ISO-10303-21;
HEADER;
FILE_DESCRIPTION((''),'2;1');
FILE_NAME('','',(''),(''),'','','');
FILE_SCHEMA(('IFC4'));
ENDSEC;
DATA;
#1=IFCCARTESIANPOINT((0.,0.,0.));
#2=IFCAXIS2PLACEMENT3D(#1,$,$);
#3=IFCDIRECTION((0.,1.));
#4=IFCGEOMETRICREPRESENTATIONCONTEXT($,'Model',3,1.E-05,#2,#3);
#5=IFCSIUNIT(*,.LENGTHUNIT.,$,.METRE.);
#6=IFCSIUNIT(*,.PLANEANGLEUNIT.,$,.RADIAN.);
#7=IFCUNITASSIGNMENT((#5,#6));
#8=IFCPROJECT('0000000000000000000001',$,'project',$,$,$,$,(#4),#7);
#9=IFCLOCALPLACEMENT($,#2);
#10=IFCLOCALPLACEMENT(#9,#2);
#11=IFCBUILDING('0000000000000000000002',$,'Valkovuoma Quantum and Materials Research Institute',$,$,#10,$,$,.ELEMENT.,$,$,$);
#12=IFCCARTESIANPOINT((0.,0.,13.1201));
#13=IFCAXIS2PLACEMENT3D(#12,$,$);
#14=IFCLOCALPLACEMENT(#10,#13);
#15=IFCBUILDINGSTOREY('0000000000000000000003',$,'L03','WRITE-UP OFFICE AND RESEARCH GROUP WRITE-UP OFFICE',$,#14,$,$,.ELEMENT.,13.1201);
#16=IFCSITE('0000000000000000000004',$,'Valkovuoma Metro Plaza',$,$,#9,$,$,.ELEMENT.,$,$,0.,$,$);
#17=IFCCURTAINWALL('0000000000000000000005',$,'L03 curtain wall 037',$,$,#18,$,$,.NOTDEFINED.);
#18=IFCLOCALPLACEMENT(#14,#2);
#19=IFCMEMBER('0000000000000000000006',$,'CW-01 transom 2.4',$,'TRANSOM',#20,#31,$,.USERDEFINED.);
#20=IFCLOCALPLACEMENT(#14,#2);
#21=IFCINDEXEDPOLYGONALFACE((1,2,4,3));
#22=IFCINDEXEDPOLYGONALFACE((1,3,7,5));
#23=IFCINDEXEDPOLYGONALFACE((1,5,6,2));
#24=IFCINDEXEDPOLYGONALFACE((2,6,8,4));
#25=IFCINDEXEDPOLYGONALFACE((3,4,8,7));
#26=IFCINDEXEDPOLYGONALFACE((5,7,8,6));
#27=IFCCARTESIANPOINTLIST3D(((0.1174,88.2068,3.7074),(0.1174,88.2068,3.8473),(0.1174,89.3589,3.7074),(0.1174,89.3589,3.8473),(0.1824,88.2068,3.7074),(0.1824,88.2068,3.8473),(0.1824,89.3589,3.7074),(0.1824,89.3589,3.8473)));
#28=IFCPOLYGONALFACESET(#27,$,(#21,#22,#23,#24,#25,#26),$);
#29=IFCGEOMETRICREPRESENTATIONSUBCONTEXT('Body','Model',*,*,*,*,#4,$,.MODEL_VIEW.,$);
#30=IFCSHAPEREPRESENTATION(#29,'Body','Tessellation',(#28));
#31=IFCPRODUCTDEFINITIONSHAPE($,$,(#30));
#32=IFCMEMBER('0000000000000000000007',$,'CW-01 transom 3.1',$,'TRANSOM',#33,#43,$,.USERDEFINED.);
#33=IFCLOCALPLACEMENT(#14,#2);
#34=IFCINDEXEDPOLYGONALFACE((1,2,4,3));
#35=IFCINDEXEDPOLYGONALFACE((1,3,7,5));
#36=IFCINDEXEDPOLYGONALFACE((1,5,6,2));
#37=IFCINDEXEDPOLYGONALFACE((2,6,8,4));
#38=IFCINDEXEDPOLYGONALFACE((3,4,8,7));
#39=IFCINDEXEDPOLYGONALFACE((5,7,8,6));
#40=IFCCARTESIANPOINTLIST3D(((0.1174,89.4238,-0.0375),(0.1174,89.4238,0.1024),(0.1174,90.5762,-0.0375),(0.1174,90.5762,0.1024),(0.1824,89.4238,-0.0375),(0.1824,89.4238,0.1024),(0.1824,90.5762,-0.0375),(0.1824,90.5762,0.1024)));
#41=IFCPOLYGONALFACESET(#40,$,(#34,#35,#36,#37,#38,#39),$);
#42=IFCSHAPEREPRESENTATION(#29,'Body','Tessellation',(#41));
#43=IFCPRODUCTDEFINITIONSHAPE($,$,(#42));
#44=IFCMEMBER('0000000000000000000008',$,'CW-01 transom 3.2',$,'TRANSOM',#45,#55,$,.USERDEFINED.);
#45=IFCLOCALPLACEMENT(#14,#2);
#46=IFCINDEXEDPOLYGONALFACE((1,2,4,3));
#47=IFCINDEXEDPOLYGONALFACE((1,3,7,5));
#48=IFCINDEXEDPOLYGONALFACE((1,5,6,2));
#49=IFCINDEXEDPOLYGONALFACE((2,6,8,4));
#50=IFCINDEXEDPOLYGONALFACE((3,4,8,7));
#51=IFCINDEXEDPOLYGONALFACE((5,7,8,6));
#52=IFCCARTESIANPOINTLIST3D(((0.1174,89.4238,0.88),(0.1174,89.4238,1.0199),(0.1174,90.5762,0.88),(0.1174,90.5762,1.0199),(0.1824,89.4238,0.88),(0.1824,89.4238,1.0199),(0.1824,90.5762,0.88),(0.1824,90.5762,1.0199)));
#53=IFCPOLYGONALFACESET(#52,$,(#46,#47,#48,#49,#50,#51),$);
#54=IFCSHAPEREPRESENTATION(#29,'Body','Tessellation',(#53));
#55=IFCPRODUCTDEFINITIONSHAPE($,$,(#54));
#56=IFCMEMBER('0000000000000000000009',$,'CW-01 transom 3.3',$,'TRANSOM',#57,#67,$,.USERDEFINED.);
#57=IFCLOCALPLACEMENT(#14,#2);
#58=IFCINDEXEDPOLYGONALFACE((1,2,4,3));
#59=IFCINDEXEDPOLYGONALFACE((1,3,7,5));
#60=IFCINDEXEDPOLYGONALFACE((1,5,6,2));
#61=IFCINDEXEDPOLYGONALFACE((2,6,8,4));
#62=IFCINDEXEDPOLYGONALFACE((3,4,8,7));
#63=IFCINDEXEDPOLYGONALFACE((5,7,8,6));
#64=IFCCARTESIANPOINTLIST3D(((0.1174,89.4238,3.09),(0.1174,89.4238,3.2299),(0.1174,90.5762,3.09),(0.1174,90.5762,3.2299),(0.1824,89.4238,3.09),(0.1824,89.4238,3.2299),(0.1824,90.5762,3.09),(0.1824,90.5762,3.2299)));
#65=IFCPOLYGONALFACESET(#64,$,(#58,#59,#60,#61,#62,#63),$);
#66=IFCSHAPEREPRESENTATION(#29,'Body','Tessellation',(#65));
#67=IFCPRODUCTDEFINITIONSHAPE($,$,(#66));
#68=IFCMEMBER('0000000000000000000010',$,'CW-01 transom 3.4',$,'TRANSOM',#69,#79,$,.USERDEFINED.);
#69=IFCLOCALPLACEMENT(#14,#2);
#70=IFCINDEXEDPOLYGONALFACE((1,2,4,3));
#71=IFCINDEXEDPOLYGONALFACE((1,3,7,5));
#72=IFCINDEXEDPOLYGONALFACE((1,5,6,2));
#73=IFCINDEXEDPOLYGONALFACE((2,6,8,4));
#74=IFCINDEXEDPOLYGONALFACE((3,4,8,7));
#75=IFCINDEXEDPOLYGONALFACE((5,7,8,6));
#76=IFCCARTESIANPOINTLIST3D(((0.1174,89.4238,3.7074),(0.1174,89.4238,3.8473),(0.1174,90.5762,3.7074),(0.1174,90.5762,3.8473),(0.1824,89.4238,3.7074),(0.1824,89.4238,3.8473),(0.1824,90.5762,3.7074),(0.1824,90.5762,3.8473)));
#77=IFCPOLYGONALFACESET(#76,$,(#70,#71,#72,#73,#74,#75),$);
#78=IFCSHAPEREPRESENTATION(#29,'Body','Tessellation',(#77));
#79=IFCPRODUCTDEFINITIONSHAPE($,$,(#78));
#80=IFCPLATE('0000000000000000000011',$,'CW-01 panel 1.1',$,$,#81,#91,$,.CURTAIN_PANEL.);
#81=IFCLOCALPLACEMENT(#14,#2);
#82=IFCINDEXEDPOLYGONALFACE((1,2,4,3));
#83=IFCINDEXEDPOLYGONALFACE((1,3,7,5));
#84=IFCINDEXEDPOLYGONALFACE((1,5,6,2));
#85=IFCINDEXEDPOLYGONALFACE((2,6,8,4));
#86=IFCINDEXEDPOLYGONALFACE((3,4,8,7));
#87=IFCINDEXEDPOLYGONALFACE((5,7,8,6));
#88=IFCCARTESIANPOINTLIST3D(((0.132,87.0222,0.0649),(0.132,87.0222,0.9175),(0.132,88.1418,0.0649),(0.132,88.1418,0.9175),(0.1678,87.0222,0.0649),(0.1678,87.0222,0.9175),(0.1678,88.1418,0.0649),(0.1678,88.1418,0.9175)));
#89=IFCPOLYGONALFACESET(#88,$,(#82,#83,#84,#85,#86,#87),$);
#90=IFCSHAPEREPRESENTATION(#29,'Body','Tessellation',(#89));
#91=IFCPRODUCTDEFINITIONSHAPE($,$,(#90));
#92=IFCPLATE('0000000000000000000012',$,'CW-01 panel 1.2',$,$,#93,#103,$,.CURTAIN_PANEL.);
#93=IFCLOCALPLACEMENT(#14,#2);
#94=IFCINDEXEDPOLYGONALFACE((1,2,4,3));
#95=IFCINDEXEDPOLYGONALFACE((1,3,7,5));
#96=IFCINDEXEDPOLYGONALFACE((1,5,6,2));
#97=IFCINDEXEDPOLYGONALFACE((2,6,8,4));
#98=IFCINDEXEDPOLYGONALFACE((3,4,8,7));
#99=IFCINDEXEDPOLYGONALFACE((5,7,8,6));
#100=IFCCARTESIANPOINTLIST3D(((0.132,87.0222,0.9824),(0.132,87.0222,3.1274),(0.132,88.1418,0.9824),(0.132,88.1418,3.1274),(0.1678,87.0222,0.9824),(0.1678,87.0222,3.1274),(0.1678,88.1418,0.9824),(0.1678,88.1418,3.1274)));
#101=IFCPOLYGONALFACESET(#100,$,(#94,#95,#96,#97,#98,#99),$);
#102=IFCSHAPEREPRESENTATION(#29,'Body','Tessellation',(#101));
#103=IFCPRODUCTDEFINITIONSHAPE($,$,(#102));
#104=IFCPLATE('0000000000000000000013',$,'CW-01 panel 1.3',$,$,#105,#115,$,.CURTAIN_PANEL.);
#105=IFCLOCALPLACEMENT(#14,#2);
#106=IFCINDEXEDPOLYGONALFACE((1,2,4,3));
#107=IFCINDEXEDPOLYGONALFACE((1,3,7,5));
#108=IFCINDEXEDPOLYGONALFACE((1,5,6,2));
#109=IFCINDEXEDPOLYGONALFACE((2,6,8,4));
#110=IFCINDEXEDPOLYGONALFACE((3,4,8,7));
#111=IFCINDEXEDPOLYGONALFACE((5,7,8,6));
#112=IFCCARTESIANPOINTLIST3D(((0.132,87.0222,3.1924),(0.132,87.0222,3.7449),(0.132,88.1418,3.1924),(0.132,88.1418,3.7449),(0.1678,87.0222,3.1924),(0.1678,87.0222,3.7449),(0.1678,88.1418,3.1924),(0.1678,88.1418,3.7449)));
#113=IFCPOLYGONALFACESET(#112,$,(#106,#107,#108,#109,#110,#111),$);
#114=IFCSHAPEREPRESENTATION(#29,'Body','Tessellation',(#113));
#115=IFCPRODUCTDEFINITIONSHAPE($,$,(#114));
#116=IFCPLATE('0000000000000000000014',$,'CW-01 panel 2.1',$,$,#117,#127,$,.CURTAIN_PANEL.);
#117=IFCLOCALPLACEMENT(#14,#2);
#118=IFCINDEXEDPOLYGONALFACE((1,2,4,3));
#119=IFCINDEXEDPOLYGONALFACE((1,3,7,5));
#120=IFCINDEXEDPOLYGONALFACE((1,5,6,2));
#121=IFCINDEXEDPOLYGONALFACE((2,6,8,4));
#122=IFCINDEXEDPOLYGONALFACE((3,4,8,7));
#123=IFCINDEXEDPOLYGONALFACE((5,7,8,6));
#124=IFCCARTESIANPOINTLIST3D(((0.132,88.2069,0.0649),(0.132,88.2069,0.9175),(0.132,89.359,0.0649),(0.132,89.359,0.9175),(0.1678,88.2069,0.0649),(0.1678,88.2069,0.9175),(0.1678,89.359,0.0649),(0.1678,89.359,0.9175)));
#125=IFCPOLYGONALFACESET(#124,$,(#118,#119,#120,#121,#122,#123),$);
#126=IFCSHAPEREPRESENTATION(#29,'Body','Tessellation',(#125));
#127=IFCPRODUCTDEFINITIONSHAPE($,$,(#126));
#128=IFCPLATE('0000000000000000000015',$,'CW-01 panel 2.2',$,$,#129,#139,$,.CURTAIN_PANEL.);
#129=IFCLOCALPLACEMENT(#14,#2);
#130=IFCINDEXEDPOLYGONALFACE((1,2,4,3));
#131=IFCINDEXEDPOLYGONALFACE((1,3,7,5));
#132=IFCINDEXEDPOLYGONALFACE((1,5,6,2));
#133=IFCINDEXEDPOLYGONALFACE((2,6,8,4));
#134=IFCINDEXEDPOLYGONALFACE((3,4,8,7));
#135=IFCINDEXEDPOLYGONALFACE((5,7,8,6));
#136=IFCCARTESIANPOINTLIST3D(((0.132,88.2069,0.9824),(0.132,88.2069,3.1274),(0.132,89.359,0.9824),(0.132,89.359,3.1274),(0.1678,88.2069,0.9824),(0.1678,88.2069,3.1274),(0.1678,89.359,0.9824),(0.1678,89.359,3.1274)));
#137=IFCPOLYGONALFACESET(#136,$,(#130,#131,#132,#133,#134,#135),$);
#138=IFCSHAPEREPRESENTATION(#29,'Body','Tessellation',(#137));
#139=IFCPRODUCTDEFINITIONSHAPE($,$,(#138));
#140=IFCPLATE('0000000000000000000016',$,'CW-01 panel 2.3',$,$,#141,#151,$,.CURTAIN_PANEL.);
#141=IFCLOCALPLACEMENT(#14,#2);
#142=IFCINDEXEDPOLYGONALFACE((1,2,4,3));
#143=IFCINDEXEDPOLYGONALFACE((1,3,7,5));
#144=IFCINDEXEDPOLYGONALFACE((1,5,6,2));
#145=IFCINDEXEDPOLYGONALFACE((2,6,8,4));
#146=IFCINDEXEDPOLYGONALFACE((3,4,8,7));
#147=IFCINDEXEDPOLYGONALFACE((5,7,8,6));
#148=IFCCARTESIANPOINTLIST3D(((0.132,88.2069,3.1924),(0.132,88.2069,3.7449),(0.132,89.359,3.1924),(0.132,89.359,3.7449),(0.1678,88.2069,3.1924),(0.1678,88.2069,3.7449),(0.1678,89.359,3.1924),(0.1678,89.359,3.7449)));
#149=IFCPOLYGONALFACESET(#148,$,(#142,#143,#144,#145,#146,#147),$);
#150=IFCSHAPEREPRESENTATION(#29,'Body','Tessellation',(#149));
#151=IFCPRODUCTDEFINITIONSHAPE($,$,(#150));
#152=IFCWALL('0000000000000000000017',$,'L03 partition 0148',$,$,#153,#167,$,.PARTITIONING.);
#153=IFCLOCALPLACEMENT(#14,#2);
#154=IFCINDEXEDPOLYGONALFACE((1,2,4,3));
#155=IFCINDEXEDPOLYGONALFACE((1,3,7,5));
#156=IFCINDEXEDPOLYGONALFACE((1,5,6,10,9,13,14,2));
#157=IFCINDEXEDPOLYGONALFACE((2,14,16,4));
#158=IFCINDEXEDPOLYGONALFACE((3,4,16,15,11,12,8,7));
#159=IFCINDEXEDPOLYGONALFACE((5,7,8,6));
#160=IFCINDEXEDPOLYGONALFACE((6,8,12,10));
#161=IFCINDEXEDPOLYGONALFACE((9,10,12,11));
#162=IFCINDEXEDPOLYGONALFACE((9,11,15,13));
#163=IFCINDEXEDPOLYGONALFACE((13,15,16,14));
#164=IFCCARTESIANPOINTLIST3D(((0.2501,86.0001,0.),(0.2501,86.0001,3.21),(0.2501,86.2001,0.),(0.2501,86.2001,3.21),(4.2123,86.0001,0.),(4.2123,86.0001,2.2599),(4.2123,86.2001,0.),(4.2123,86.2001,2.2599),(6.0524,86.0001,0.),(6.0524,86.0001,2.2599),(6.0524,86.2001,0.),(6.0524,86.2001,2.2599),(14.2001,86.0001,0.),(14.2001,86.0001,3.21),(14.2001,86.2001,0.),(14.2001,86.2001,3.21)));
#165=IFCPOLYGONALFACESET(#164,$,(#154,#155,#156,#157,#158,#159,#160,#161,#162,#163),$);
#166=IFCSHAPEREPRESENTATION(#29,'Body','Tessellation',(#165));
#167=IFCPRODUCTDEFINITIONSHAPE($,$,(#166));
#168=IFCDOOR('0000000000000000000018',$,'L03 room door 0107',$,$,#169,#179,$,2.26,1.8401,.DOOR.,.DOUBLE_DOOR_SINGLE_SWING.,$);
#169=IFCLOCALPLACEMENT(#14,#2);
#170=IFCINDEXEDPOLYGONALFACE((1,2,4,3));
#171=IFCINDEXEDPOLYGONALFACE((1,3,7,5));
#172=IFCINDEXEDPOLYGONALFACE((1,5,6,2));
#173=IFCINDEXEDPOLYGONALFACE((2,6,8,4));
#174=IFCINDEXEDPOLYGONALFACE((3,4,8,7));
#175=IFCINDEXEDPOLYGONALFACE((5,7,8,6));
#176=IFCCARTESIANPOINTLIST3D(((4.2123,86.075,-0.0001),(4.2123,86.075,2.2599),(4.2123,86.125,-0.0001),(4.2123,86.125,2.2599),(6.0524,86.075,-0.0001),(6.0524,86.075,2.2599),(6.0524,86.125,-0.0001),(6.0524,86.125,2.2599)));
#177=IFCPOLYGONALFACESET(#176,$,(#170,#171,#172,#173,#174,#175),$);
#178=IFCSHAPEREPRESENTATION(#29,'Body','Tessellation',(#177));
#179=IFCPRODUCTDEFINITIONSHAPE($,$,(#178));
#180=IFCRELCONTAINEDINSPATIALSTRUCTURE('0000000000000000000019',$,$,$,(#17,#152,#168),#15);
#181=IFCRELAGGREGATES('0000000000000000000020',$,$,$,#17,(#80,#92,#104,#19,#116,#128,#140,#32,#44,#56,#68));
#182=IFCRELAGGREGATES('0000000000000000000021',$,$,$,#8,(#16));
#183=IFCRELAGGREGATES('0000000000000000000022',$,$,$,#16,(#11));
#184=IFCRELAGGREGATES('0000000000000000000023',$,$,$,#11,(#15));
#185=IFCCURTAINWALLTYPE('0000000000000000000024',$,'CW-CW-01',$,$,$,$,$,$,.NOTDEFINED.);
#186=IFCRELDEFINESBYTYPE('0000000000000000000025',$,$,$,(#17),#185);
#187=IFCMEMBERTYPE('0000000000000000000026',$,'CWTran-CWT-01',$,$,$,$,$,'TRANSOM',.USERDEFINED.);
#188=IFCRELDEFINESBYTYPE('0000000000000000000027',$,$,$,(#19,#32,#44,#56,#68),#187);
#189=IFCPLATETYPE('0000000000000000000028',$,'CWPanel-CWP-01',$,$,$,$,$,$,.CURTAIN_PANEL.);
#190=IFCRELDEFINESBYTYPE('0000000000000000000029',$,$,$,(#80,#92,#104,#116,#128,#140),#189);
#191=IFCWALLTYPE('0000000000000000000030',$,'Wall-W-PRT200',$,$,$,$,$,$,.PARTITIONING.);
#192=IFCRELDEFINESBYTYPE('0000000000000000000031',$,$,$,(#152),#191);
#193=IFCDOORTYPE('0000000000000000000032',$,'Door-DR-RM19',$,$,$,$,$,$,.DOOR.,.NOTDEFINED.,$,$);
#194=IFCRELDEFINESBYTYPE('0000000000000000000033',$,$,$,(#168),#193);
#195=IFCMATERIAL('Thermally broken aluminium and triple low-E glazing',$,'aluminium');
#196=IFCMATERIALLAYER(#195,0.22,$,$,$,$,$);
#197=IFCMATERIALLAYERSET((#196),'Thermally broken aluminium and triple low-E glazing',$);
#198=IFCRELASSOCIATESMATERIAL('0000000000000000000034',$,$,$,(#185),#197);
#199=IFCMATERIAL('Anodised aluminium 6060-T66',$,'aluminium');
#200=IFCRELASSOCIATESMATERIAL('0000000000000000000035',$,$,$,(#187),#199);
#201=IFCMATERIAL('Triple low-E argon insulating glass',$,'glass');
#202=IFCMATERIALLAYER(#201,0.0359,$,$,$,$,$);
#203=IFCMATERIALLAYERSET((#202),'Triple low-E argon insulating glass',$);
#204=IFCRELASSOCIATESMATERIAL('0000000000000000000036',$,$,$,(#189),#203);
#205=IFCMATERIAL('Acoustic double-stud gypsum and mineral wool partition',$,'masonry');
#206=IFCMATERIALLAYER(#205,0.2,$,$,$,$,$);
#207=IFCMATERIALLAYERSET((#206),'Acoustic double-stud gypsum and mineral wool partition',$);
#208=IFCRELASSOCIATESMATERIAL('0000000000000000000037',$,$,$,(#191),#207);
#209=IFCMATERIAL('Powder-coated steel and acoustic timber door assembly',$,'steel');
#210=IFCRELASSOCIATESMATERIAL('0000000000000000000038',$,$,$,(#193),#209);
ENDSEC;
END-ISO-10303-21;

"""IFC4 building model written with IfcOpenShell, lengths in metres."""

from ifc_helpers import new_model, si_unit, direction, frame, frame_2d, origin, origin_2d, place, context, subcontext, project, spatial, rectangle, extrude, material, layer, layer_set, material_profile, profile_set, type_object, element, fill, aggregate, save


model = new_model("IFC4")

# Units and contexts
model_context = context("Model", 3, precision=1e-05, world=origin(), true_north=direction((0.0, 1.0)))
body_context = subcontext(model_context, "Body", "Model", "MODEL_VIEW")
ifc_project = project(units=[si_unit("LENGTHUNIT", "METRE"), si_unit("PLANEANGLEUNIT", "RADIAN")], contexts=[model_context])

# Site, building, storey
site_placement = place(None, origin())
site = spatial("IfcSite", under=ifc_project, at=site_placement, Name="Valkovuoma Metro Plaza", CompositionType="ELEMENT", RefElevation=0.0)
building_placement = place(site_placement, origin())
building = spatial("IfcBuilding", under=site, at=building_placement, Name="Valkovuoma Quantum and Materials Research Institute", CompositionType="ELEMENT")
storey_placement = place(building_placement, frame((0.0, 0.0, 13.1201)))
storey = spatial("IfcBuildingStorey", under=building, at=storey_placement, Name="L03", Description="WRITE-UP OFFICE AND RESEARCH GROUP WRITE-UP OFFICE", CompositionType="ELEMENT", Elevation=13.1201)

# Shared definitions
ifc_material_1 = material(Name="Thermally broken aluminium and triple low-E glazing", Category="aluminium")
ifc_layer_1 = layer(ifc_material_1, 0.22)
ifc_layer_set_1 = layer_set([ifc_layer_1], Name="Thermally broken aluminium and triple low-E glazing")
curtain_wall_type = type_object("IfcCurtainWallType", Name="CW-CW-01", PredefinedType="NOTDEFINED", material=ifc_layer_set_1)

# Curtain wall, members, plates
curtain_wall_1_placement = place(storey_placement, origin())
curtain_wall_1 = element("IfcCurtainWall", 1, at=curtain_wall_1_placement, inside=storey, type_object=curtain_wall_type, Name="L03 curtain wall 037", PredefinedType="NOTDEFINED")
ifc_material_2 = material(Name="Anodised aluminium 6060-T66", Category="aluminium")
ifc_material_profile_1 = material_profile(ifc_material_2, rectangle(XDim=0.0649, YDim=0.1399, at=origin_2d()), Name="Anodised aluminium 6060-T66")
ifc_profile_set_1 = profile_set([ifc_material_profile_1], Name="Anodised aluminium 6060-T66")
member_type_1 = type_object("IfcMemberType", Name="CWTran-CWT-01", ElementType="TRANSOM", PredefinedType="USERDEFINED", material=ifc_profile_set_1)
member_1_placement = place(storey_placement, frame((0.1499, 88.2068, 3.7773), z_axis=(0.0, 1.0, 0.0), x_axis=(-1.0, 0.0, 0.0)))
member_1 = element("IfcMember", 2, at=member_1_placement, type_object=member_type_1, Name="CW-01 transom 2.4", ObjectType="TRANSOM", PredefinedType="USERDEFINED", context=body_context, shape_type="SweptSolid", body=[
    extrude(rectangle(XDim=0.0649, YDim=0.1399, at=origin_2d()), origin(), (0.0, 0.0, 1.0), 1.1521),
])
member_2_placement = place(storey_placement, frame((0.1499, 89.4238, 0.0325), z_axis=(0.0, 1.0, 0.0), x_axis=(-1.0, 0.0, 0.0)))
member_2 = element("IfcMember", 3, at=member_2_placement, type_object=member_type_1, Name="CW-01 transom 3.1", ObjectType="TRANSOM", PredefinedType="USERDEFINED", context=body_context, shape_type="SweptSolid", body=[
    extrude(rectangle(XDim=0.0649, YDim=0.1399, at=origin_2d()), origin(), (0.0, 0.0, 1.0), 1.1523),
])
member_3_placement = place(storey_placement, frame((0.1499, 89.4238, 0.95), z_axis=(0.0, 1.0, 0.0), x_axis=(-1.0, 0.0, 0.0)))
member_3 = element("IfcMember", 4, at=member_3_placement, type_object=member_type_1, Name="CW-01 transom 3.2", ObjectType="TRANSOM", PredefinedType="USERDEFINED", context=body_context, shape_type="SweptSolid", body=[
    extrude(rectangle(XDim=0.0649, YDim=0.1399, at=origin_2d()), origin(), (0.0, 0.0, 1.0), 1.1523),
])
member_4_placement = place(storey_placement, frame((0.1499, 89.4238, 3.1599), z_axis=(0.0, 1.0, 0.0), x_axis=(-1.0, 0.0, 0.0)))
member_4 = element("IfcMember", 5, at=member_4_placement, type_object=member_type_1, Name="CW-01 transom 3.3", ObjectType="TRANSOM", PredefinedType="USERDEFINED", context=body_context, shape_type="SweptSolid", body=[
    extrude(rectangle(XDim=0.0649, YDim=0.1399, at=origin_2d()), origin(), (0.0, 0.0, 1.0), 1.1523),
])
member_5_placement = place(storey_placement, frame((0.1499, 89.4238, 3.7773), z_axis=(0.0, 1.0, 0.0), x_axis=(-1.0, 0.0, 0.0)))
member_5 = element("IfcMember", 6, at=member_5_placement, type_object=member_type_1, Name="CW-01 transom 3.4", ObjectType="TRANSOM", PredefinedType="USERDEFINED", context=body_context, shape_type="SweptSolid", body=[
    extrude(rectangle(XDim=0.0649, YDim=0.1399, at=origin_2d()), origin(), (0.0, 0.0, 1.0), 1.1523),
])
ifc_material_3 = material(Name="Triple low-E argon insulating glass", Category="glass")
ifc_layer_2 = layer(ifc_material_3, 0.0359)
ifc_layer_set_2 = layer_set([ifc_layer_2], Name="Triple low-E argon insulating glass")
plate_type = type_object("IfcPlateType", Name="CWPanel-CWP-01", PredefinedType="CURTAIN_PANEL", material=ifc_layer_set_2)
plate_1_placement = place(storey_placement, frame((0.1499, 87.582, 0.0649), z_axis=(0.0, 0.0, 1.0), x_axis=(0.0, 1.0, 0.0)))
plate_1 = element("IfcPlate", 7, at=plate_1_placement, type_object=plate_type, Name="CW-01 panel 1.1", PredefinedType="CURTAIN_PANEL", context=body_context, shape_type="SweptSolid", body=[
    extrude(rectangle(XDim=1.1196, YDim=0.0359, at=origin_2d()), origin(), (0.0, 0.0, 1.0), 0.8525),
])
plate_2_placement = place(storey_placement, frame((0.1499, 87.582, 0.9824), z_axis=(0.0, 0.0, 1.0), x_axis=(0.0, 1.0, 0.0)))
plate_2 = element("IfcPlate", 8, at=plate_2_placement, type_object=plate_type, Name="CW-01 panel 1.2", PredefinedType="CURTAIN_PANEL", context=body_context, shape_type="SweptSolid", body=[
    extrude(rectangle(XDim=1.1196, YDim=0.0359, at=origin_2d()), origin(), (0.0, 0.0, 1.0), 2.145),
])
plate_3_placement = place(storey_placement, frame((0.1499, 87.582, 3.1924), z_axis=(0.0, 0.0, 1.0), x_axis=(0.0, 1.0, 0.0)))
plate_3 = element("IfcPlate", 9, at=plate_3_placement, type_object=plate_type, Name="CW-01 panel 1.3", PredefinedType="CURTAIN_PANEL", context=body_context, shape_type="SweptSolid", body=[
    extrude(rectangle(XDim=1.1196, YDim=0.0359, at=origin_2d()), origin(), (0.0, 0.0, 1.0), 0.5525),
])
plate_4_placement = place(storey_placement, frame((0.1499, 88.783, 0.0649), z_axis=(0.0, 0.0, 1.0), x_axis=(0.0, 1.0, 0.0)))
plate_4 = element("IfcPlate", 10, at=plate_4_placement, type_object=plate_type, Name="CW-01 panel 2.1", PredefinedType="CURTAIN_PANEL", context=body_context, shape_type="SweptSolid", body=[
    extrude(rectangle(XDim=1.1521, YDim=0.0359, at=origin_2d()), origin(), (0.0, 0.0, 1.0), 0.8525),
])
plate_5_placement = place(storey_placement, frame((0.1499, 88.783, 0.9824), z_axis=(0.0, 0.0, 1.0), x_axis=(0.0, 1.0, 0.0)))
plate_5 = element("IfcPlate", 11, at=plate_5_placement, type_object=plate_type, Name="CW-01 panel 2.2", PredefinedType="CURTAIN_PANEL", context=body_context, shape_type="SweptSolid", body=[
    extrude(rectangle(XDim=1.1521, YDim=0.0359, at=origin_2d()), origin(), (0.0, 0.0, 1.0), 2.145),
])
plate_6_placement = place(storey_placement, frame((0.1499, 88.783, 3.1924), z_axis=(0.0, 0.0, 1.0), x_axis=(0.0, 1.0, 0.0)))
plate_6 = element("IfcPlate", 12, at=plate_6_placement, type_object=plate_type, Name="CW-01 panel 2.3", PredefinedType="CURTAIN_PANEL", context=body_context, shape_type="SweptSolid", body=[
    extrude(rectangle(XDim=1.1521, YDim=0.0359, at=origin_2d()), origin(), (0.0, 0.0, 1.0), 0.5525),
])
aggregate(curtain_wall_1, [plate_1, plate_2, plate_3, member_1, plate_4, plate_5, plate_6, member_2, member_3, member_4, member_5])

# Wall, opening, door
ifc_material_4 = material(Name="Acoustic double-stud gypsum and mineral wool partition", Category="masonry")
ifc_layer_3 = layer(ifc_material_4, 0.2)
ifc_layer_set_3 = layer_set([ifc_layer_3], Name="Acoustic double-stud gypsum and mineral wool partition")
wall_type = type_object("IfcWallType", Name="Wall-W-PRT200", PredefinedType="PARTITIONING", material=ifc_layer_set_3)
wall_placement = place(storey_placement, frame((0.25, 86.1001, 0.0), z_axis=(0.0, 0.0, 1.0), x_axis=(1.0, 0.0, 0.0)))
wall = element("IfcWall", 13, at=wall_placement, inside=storey, type_object=wall_type, Name="L03 partition 0148", PredefinedType="PARTITIONING", context=body_context, shape_type="SweptSolid", body=[
    extrude(rectangle(XDim=13.95, YDim=0.2, at=frame_2d((6.9751, 0.0))), origin(), (0.0, 0.0, 1.0), 3.21),
])
opening_placement = place(wall_placement, frame((3.9624, 0.0, 0.0)))
opening = element("IfcOpeningElement", 14, at=opening_placement, cuts=wall, PredefinedType="OPENING", context=body_context, shape_type="SweptSolid", body=[
    extrude(rectangle(XDim=1.8401, YDim=2.26, at=frame_2d((0.9199, 1.1299))), frame((0.0, 0.1099, 0.0), z_axis=(0.0, -1.0, 0.0), x_axis=(1.0, 0.0, 0.0)), (0.0, 0.0, 1.0), 0.22),
])
ifc_material_5 = material(Name="Powder-coated steel and acoustic timber door assembly", Category="steel")
door_type = type_object("IfcDoorType", Name="Door-DR-RM19", OperationType="NOTDEFINED", PredefinedType="DOOR", material=ifc_material_5)
door_placement = place(opening_placement, origin())
door = element("IfcDoor", 15, at=door_placement, inside=storey, type_object=door_type, Name="L03 room door 0107", OperationType="DOUBLE_DOOR_SINGLE_SWING", OverallHeight=2.26, OverallWidth=1.8401, PredefinedType="DOOR", context=body_context, shape_type="SweptSolid", body=[
    extrude(rectangle(XDim=1.8401, YDim=2.26, at=frame_2d((0.9199, 1.1299))), frame((0.0, 0.0249, 0.0), z_axis=(0.0, -1.0, 0.0), x_axis=(1.0, 0.0, 0.0)), (0.0, 0.0, 1.0), 0.05),
])
fill(opening, door)

save(model, "model.ifc")
